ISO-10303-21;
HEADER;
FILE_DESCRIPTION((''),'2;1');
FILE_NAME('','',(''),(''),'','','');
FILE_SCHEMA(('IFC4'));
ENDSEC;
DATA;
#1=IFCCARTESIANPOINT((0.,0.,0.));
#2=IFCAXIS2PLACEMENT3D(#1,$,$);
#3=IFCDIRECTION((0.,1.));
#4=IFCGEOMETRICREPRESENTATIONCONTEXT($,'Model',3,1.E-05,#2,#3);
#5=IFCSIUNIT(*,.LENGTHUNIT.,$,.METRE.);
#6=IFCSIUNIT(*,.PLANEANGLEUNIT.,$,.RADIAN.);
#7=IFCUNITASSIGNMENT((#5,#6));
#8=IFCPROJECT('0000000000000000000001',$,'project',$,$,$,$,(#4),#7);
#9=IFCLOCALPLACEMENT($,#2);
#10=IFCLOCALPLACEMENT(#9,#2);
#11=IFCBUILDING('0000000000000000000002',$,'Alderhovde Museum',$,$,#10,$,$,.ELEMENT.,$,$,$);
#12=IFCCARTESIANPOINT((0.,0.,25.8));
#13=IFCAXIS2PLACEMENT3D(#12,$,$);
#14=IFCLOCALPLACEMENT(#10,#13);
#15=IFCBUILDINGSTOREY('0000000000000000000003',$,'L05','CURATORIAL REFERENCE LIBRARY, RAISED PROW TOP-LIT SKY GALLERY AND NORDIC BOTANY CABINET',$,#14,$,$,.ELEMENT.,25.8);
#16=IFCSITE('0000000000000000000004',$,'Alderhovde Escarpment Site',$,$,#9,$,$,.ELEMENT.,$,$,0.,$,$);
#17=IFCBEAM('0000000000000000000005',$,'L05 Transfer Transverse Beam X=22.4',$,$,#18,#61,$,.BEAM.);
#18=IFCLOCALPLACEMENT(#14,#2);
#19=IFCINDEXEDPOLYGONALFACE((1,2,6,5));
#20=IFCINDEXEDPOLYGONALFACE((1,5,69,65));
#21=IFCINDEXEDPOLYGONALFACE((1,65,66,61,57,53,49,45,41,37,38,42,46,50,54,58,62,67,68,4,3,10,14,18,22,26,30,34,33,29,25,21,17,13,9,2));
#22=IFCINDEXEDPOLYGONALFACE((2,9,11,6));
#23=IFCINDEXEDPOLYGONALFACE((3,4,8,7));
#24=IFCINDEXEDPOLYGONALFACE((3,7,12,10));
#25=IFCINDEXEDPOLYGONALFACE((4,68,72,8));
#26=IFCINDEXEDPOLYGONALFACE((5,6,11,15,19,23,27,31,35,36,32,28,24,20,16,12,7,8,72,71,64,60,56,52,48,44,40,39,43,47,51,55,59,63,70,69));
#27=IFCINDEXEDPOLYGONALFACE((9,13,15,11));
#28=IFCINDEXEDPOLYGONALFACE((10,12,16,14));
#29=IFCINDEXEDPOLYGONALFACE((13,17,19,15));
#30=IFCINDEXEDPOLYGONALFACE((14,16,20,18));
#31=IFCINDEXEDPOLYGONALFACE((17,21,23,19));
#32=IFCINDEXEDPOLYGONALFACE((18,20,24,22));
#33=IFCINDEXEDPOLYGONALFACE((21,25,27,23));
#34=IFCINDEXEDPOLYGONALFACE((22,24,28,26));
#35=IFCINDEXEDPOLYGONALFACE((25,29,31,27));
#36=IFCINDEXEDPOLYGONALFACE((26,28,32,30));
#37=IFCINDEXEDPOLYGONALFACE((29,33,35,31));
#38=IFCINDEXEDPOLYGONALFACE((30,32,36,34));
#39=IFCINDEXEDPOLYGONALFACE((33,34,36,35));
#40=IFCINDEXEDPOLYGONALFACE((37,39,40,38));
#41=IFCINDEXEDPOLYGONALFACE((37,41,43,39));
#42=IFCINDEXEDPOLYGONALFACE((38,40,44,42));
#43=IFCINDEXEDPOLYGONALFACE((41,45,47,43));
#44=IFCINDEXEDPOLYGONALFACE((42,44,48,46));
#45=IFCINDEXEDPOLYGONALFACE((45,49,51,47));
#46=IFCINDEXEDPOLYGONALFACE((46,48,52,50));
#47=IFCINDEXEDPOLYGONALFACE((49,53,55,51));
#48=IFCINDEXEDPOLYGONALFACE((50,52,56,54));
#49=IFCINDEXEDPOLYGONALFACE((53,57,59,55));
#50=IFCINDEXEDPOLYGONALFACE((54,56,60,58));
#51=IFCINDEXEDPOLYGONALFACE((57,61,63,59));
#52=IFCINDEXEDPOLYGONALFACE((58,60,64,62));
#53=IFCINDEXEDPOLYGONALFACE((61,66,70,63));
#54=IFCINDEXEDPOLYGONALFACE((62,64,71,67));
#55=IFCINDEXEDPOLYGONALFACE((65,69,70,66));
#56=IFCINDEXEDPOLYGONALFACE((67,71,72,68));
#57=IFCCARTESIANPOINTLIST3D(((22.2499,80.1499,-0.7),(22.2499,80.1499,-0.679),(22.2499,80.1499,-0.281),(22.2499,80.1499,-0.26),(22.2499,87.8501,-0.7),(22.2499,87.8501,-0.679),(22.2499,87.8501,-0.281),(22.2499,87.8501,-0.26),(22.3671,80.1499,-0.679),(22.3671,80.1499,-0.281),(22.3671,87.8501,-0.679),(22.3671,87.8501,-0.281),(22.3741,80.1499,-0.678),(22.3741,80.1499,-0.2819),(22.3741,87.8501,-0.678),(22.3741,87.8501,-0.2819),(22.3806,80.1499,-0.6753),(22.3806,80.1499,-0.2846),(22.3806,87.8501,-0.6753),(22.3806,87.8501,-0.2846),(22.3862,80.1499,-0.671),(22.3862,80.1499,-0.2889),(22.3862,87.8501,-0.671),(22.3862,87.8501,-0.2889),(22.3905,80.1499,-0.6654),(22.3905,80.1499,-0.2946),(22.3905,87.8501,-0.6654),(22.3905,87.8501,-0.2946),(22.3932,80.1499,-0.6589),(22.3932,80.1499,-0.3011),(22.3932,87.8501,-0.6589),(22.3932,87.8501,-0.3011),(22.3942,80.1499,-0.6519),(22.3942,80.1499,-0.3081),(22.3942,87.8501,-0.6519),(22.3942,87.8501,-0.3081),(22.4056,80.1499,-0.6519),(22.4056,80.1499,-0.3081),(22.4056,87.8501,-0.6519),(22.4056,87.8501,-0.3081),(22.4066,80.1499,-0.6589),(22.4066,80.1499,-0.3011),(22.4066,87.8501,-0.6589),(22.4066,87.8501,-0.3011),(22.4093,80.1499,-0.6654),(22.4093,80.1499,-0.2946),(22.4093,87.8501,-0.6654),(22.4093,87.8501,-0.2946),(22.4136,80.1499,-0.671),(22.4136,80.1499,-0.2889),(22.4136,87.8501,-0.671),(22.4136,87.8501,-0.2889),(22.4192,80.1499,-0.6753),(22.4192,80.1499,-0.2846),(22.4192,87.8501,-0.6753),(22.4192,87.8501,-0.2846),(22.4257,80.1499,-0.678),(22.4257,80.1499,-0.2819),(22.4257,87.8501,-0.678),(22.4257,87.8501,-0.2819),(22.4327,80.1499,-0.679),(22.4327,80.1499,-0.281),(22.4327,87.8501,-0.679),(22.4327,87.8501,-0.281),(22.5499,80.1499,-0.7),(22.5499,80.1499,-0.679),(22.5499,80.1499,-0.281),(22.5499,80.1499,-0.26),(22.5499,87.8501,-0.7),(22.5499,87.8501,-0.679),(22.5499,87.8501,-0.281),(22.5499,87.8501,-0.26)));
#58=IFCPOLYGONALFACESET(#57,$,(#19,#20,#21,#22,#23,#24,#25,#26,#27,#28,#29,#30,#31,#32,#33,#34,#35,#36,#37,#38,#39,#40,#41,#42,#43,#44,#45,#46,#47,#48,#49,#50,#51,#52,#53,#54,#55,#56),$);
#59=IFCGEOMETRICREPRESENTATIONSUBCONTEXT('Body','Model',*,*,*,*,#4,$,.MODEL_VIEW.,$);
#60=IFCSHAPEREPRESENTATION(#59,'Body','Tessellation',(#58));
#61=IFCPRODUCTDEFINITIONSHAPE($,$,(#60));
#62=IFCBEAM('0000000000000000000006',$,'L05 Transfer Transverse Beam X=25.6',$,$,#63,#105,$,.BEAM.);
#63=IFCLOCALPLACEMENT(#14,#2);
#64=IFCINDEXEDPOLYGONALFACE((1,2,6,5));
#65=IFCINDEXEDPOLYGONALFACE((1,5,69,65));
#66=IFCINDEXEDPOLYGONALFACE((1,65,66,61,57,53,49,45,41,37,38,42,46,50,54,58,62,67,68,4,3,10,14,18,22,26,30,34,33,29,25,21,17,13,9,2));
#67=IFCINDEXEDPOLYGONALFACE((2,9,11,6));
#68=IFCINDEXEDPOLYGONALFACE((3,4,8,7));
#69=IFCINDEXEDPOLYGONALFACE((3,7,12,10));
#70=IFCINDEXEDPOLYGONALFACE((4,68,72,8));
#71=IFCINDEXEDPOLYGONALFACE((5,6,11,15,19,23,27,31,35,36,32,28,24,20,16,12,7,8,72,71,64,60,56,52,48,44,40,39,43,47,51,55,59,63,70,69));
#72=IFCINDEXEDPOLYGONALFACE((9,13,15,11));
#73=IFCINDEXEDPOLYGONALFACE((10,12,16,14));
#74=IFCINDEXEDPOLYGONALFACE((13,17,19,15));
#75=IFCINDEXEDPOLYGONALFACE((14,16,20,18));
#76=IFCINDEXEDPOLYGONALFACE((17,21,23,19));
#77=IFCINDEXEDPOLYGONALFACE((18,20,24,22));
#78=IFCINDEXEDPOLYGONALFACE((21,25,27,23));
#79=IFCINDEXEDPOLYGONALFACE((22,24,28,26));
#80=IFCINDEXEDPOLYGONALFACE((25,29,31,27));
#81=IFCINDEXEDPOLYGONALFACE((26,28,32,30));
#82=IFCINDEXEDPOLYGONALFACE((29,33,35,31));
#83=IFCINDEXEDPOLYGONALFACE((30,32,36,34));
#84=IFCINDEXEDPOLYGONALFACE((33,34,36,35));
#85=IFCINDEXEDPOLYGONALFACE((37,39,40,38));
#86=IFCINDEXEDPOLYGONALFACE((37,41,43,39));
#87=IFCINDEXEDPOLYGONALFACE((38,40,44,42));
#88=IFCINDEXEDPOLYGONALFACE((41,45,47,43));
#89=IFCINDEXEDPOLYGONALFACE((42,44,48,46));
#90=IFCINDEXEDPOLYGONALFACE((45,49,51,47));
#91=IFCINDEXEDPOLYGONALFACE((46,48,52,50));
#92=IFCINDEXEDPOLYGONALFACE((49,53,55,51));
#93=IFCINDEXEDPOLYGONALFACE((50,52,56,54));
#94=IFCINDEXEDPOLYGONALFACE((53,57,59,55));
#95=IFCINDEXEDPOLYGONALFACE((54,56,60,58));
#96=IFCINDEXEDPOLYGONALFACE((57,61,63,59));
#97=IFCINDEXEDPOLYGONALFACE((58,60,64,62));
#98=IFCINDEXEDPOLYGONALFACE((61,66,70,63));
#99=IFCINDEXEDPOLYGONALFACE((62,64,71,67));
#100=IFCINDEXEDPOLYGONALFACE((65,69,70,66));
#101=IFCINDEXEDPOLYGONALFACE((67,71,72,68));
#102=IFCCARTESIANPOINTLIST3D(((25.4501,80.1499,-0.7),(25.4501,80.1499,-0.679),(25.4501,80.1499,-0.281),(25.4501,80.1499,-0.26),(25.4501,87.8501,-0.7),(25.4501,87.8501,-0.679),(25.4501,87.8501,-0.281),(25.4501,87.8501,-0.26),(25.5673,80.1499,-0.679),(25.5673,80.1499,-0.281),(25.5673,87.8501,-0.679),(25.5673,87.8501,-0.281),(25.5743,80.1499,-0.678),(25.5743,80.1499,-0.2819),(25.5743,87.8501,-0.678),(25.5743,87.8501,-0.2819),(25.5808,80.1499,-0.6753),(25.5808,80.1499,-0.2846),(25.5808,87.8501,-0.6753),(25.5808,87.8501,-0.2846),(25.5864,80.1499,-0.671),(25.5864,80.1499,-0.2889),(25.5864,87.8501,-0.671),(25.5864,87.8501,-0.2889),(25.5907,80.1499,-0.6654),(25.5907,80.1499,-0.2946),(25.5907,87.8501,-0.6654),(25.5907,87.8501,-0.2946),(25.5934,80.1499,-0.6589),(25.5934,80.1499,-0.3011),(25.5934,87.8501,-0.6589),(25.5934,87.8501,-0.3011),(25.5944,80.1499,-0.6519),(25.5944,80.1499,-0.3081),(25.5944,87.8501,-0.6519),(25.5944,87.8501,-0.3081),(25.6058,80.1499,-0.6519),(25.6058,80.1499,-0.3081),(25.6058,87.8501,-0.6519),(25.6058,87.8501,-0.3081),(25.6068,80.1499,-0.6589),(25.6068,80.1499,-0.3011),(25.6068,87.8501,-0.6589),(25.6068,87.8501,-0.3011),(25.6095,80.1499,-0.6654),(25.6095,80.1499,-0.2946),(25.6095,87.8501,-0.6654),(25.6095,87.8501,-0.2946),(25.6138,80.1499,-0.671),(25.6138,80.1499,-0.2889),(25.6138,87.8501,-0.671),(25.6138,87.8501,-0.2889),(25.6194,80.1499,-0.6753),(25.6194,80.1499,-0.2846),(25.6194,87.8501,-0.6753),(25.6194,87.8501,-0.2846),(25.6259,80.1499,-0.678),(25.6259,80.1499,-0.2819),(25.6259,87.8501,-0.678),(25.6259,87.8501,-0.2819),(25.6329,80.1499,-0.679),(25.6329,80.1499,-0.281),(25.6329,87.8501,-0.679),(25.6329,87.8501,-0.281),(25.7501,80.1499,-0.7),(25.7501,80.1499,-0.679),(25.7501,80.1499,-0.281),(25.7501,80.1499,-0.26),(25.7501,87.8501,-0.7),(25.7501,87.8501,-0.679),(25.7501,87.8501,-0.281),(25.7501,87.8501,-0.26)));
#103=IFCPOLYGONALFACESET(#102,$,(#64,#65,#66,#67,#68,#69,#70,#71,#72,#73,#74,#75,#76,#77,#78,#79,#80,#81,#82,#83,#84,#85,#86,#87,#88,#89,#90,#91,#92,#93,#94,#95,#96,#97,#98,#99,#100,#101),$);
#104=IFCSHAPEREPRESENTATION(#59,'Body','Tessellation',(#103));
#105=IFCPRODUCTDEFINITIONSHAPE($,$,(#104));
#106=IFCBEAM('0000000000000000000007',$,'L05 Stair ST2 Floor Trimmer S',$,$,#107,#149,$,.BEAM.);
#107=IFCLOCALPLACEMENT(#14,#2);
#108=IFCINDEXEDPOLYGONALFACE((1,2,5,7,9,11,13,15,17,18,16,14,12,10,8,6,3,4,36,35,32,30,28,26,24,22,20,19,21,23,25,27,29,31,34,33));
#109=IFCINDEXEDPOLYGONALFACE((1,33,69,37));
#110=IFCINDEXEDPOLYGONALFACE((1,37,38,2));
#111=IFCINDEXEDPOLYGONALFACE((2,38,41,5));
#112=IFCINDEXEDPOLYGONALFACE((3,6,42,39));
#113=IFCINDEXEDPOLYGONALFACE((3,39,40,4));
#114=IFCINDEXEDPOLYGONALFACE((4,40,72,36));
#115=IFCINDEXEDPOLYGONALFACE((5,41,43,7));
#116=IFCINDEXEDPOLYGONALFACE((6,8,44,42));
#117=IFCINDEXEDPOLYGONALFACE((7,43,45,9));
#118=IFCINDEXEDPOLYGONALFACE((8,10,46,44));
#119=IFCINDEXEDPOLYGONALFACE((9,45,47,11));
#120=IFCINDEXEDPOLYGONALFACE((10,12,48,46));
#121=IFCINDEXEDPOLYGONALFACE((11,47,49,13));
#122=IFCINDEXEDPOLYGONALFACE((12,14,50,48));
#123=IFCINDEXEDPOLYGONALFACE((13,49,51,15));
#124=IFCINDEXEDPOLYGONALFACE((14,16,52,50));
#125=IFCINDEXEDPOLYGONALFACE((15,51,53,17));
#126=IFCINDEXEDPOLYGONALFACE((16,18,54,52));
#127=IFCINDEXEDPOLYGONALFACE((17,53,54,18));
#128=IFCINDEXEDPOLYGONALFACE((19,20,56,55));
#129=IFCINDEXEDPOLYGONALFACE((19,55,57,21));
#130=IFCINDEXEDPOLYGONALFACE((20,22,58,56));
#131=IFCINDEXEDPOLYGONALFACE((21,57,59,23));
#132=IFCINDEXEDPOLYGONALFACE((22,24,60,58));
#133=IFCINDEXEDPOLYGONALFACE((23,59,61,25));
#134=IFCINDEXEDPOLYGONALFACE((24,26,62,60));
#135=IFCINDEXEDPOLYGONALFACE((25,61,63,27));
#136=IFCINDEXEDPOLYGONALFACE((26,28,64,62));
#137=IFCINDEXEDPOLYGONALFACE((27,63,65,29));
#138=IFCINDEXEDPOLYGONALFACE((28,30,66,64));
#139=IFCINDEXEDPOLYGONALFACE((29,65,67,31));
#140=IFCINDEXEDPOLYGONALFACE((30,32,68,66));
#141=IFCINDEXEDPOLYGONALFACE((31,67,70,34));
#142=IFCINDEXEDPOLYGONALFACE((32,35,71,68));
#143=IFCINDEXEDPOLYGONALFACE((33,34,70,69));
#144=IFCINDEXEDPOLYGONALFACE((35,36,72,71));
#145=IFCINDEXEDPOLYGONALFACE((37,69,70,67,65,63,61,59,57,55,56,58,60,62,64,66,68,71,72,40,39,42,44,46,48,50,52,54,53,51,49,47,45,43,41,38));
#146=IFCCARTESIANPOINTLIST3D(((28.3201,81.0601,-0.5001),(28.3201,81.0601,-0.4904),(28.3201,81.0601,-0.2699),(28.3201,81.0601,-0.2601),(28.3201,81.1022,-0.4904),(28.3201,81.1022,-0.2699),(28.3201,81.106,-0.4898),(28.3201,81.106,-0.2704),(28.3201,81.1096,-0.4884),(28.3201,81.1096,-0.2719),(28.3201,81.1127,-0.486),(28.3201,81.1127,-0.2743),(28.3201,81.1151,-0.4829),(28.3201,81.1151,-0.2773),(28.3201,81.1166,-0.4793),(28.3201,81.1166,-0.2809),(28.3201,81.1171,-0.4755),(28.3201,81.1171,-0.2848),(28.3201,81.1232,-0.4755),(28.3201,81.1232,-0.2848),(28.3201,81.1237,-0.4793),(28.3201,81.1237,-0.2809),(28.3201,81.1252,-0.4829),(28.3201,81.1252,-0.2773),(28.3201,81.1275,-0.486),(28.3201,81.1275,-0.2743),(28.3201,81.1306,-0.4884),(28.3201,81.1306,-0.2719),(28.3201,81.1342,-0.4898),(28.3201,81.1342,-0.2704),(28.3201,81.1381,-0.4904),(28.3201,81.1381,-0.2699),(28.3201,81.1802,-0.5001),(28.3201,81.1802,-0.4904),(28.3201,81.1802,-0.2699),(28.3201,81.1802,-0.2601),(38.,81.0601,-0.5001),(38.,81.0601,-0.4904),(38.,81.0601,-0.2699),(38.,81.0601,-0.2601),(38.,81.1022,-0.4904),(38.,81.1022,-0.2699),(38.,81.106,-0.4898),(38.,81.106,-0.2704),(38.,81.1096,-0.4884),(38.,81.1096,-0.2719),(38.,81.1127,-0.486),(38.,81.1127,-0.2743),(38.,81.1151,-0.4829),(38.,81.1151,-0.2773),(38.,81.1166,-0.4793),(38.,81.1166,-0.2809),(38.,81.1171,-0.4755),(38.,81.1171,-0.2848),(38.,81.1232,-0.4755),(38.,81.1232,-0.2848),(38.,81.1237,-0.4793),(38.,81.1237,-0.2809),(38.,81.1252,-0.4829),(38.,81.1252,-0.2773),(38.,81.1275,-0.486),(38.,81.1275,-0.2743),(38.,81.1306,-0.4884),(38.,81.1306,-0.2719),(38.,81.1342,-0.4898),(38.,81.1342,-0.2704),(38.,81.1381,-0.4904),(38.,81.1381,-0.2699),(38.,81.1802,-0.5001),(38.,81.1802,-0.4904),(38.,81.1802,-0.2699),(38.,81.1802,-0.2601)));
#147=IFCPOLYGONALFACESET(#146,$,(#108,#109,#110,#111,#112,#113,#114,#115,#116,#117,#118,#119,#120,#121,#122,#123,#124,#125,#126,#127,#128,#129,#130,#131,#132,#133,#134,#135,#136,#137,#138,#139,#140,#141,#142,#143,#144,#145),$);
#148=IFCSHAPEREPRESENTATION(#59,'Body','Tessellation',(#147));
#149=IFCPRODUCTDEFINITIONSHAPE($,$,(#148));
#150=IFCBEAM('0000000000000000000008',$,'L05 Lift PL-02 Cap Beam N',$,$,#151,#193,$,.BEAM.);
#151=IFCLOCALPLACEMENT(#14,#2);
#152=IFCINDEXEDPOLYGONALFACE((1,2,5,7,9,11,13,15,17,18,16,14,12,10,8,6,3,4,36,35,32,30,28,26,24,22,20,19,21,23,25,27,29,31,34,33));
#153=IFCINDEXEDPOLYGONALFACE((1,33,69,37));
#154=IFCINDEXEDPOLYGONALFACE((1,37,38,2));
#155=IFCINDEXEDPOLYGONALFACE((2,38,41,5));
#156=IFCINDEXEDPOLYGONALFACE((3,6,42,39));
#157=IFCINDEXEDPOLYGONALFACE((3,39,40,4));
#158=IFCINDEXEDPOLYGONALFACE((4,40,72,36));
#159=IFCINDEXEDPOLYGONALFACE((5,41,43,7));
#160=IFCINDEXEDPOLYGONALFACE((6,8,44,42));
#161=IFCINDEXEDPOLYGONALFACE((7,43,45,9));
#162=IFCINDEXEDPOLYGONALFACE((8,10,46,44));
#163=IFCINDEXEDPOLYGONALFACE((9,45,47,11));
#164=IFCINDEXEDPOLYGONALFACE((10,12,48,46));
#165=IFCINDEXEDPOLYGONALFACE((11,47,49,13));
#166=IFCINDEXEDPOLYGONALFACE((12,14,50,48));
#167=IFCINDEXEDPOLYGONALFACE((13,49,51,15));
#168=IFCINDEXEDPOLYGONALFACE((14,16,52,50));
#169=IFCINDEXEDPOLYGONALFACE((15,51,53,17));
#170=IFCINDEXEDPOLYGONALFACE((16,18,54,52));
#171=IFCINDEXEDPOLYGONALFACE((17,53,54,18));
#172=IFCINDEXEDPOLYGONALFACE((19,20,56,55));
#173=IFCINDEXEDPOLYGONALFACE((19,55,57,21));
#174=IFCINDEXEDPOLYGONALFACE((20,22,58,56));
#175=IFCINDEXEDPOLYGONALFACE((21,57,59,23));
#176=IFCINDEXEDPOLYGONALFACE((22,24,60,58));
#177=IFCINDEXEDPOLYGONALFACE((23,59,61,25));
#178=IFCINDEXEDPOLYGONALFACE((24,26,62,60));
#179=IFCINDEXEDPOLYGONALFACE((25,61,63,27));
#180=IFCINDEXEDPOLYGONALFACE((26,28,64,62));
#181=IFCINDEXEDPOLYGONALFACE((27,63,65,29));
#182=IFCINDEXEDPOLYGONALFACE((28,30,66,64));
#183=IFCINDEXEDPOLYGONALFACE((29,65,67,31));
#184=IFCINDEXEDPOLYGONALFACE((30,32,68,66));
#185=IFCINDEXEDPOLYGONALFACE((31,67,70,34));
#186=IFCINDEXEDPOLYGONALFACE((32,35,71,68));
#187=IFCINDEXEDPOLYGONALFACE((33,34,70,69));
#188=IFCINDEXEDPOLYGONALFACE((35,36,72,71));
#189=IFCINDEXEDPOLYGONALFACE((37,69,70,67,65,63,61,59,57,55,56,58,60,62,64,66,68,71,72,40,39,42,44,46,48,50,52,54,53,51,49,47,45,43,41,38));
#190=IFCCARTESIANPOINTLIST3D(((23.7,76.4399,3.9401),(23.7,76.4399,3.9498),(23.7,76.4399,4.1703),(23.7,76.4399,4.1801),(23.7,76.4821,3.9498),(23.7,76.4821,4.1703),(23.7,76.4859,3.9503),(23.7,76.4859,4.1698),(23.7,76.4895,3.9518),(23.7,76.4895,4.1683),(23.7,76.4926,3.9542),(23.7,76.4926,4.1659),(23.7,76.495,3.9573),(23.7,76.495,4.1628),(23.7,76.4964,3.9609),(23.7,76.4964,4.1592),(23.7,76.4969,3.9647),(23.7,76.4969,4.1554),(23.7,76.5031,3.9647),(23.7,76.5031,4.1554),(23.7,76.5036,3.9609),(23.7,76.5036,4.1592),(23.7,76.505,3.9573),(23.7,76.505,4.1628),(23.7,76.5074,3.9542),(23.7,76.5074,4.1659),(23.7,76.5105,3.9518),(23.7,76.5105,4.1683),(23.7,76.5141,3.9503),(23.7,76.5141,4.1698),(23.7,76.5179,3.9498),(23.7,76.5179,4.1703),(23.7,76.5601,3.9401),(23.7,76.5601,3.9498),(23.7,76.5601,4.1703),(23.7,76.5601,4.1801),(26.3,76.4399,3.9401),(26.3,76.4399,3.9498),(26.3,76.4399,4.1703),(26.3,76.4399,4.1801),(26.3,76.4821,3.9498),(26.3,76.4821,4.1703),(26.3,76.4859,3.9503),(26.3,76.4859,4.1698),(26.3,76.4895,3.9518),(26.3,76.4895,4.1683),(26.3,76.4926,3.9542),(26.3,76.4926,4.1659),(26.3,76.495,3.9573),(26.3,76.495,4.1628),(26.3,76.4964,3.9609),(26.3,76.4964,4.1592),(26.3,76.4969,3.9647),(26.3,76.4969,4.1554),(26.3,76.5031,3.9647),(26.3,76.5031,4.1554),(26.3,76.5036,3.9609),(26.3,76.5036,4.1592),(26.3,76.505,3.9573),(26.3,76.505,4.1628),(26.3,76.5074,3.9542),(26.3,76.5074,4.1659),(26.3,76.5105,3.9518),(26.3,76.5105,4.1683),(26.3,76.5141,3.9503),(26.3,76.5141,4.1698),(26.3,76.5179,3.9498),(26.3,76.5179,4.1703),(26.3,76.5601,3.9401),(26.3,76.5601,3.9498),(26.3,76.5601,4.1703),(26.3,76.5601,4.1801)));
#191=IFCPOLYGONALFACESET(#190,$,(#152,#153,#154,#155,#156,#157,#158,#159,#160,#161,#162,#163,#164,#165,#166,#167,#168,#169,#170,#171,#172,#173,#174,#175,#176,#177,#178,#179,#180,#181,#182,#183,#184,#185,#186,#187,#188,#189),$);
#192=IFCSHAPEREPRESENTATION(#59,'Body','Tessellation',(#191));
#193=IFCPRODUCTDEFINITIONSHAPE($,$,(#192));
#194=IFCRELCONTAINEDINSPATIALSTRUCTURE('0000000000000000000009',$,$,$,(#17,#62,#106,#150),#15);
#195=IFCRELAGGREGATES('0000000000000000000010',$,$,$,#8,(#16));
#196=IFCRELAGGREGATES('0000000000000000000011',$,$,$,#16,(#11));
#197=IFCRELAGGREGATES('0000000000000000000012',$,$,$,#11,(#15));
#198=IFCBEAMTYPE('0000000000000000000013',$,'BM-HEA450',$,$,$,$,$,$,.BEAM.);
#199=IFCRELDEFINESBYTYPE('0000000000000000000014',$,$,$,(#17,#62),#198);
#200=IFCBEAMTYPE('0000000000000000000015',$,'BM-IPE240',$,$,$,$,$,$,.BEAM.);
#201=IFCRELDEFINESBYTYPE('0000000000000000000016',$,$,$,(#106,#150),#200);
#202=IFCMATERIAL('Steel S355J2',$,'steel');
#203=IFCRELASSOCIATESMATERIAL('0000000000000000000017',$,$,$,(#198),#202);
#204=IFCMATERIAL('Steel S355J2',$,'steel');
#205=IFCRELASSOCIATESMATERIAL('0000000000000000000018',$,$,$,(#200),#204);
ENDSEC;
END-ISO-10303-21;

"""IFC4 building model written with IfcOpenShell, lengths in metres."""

from ifc_helpers import new_model, si_unit, direction, frame, origin, origin_2d, place, context, subcontext, project, spatial, i_section, extrude, material, material_profile, profile_set, type_object, element, save


model = new_model("IFC4")

# Units and contexts
model_context = context("Model", 3, precision=1e-05, world=origin(), true_north=direction((0.0, 1.0)))
body_context = subcontext(model_context, "Body", "Model", "MODEL_VIEW")
ifc_project = project(units=[si_unit("LENGTHUNIT", "METRE"), si_unit("PLANEANGLEUNIT", "RADIAN")], contexts=[model_context])

# Site, building, storey
site_placement = place(None, origin())
site = spatial("IfcSite", under=ifc_project, at=site_placement, Name="Alderhovde Escarpment Site", CompositionType="ELEMENT", RefElevation=0.0)
building_placement = place(site_placement, origin())
building = spatial("IfcBuilding", under=site, at=building_placement, Name="Alderhovde Museum", CompositionType="ELEMENT")
storey_placement = place(building_placement, frame((0.0, 0.0, 25.8)))
storey = spatial("IfcBuildingStorey", under=building, at=storey_placement, Name="L05", Description="CURATORIAL REFERENCE LIBRARY, RAISED PROW TOP-LIT SKY GALLERY AND NORDIC BOTANY CABINET", CompositionType="ELEMENT", Elevation=25.8)

# Beams
ifc_material_1 = material(Name="Steel S355J2", Category="steel")
ifc_material_profile_1 = material_profile(ifc_material_1, i_section(OverallWidth=0.3, OverallDepth=0.4399, WebThickness=0.0115, FlangeThickness=0.021, FilletRadius=0.0271, at=origin_2d()), Name="HEA 450")
ifc_profile_set_1 = profile_set([ifc_material_profile_1], Name="Steel S355J2")
beam_type_1 = type_object("IfcBeamType", Name="BM-HEA450", PredefinedType="BEAM", material=ifc_profile_set_1)
for number, where, z_axis, x_axis, name in (
    (1, (22.3999, 80.1499, -0.48), (0.0, 1.0, 0.0), (-1.0, 0.0, 0.0), "L05 Transfer Transverse Beam X=22.4"),
    (2, (25.6001, 80.1499, -0.48), (0.0, 1.0, 0.0), (-1.0, 0.0, 0.0), "L05 Transfer Transverse Beam X=25.6"),
):
    element("IfcBeam", number, at=place(storey_placement, frame(where, z_axis=z_axis, x_axis=x_axis)), inside=storey, type_object=beam_type_1, Name=name, PredefinedType="BEAM", context=body_context, shape_type="SweptSolid", body=[
        extrude(i_section(OverallWidth=0.3, OverallDepth=0.4399, WebThickness=0.0115, FlangeThickness=0.021, FilletRadius=0.0271, at=origin_2d()), origin(), (0.0, 0.0, 1.0), 7.7002),
    ])
ifc_material_2 = material(Name="Steel S355J2", Category="steel")
ifc_material_profile_2 = material_profile(ifc_material_2, i_section(OverallWidth=0.1201, OverallDepth=0.24, WebThickness=0.0061, FlangeThickness=0.0098, FilletRadius=0.0149, at=origin_2d()), Name="IPE 240")
ifc_profile_set_2 = profile_set([ifc_material_profile_2], Name="Steel S355J2")
beam_type_2 = type_object("IfcBeamType", Name="BM-IPE240", PredefinedType="BEAM", material=ifc_profile_set_2)
beam_1_placement = place(storey_placement, frame((28.3201, 81.1201, -0.3801), z_axis=(1.0, 0.0, 0.0), x_axis=(0.0, 1.0, 0.0)))
element("IfcBeam", 3, at=beam_1_placement, inside=storey, type_object=beam_type_2, Name="L05 Stair ST2 Floor Trimmer S", PredefinedType="BEAM", context=body_context, shape_type="SweptSolid", body=[
    extrude(i_section(OverallWidth=0.1201, OverallDepth=0.24, WebThickness=0.0061, FlangeThickness=0.0098, FilletRadius=0.0149, at=origin_2d()), origin(), (0.0, 0.0, 1.0), 9.6799),
])
beam_2_placement = place(storey_placement, frame((23.7, 76.5, 4.0601), z_axis=(1.0, 0.0, 0.0), x_axis=(0.0, 1.0, 0.0)))
element("IfcBeam", 4, at=beam_2_placement, inside=storey, type_object=beam_type_2, Name="L05 Lift PL-02 Cap Beam N", PredefinedType="BEAM", context=body_context, shape_type="SweptSolid", body=[
    extrude(i_section(OverallWidth=0.1201, OverallDepth=0.24, WebThickness=0.0061, FlangeThickness=0.0098, FilletRadius=0.0149, at=origin_2d()), origin(), (0.0, 0.0, 1.0), 2.6001),
])

save(model, "model.ifc")
